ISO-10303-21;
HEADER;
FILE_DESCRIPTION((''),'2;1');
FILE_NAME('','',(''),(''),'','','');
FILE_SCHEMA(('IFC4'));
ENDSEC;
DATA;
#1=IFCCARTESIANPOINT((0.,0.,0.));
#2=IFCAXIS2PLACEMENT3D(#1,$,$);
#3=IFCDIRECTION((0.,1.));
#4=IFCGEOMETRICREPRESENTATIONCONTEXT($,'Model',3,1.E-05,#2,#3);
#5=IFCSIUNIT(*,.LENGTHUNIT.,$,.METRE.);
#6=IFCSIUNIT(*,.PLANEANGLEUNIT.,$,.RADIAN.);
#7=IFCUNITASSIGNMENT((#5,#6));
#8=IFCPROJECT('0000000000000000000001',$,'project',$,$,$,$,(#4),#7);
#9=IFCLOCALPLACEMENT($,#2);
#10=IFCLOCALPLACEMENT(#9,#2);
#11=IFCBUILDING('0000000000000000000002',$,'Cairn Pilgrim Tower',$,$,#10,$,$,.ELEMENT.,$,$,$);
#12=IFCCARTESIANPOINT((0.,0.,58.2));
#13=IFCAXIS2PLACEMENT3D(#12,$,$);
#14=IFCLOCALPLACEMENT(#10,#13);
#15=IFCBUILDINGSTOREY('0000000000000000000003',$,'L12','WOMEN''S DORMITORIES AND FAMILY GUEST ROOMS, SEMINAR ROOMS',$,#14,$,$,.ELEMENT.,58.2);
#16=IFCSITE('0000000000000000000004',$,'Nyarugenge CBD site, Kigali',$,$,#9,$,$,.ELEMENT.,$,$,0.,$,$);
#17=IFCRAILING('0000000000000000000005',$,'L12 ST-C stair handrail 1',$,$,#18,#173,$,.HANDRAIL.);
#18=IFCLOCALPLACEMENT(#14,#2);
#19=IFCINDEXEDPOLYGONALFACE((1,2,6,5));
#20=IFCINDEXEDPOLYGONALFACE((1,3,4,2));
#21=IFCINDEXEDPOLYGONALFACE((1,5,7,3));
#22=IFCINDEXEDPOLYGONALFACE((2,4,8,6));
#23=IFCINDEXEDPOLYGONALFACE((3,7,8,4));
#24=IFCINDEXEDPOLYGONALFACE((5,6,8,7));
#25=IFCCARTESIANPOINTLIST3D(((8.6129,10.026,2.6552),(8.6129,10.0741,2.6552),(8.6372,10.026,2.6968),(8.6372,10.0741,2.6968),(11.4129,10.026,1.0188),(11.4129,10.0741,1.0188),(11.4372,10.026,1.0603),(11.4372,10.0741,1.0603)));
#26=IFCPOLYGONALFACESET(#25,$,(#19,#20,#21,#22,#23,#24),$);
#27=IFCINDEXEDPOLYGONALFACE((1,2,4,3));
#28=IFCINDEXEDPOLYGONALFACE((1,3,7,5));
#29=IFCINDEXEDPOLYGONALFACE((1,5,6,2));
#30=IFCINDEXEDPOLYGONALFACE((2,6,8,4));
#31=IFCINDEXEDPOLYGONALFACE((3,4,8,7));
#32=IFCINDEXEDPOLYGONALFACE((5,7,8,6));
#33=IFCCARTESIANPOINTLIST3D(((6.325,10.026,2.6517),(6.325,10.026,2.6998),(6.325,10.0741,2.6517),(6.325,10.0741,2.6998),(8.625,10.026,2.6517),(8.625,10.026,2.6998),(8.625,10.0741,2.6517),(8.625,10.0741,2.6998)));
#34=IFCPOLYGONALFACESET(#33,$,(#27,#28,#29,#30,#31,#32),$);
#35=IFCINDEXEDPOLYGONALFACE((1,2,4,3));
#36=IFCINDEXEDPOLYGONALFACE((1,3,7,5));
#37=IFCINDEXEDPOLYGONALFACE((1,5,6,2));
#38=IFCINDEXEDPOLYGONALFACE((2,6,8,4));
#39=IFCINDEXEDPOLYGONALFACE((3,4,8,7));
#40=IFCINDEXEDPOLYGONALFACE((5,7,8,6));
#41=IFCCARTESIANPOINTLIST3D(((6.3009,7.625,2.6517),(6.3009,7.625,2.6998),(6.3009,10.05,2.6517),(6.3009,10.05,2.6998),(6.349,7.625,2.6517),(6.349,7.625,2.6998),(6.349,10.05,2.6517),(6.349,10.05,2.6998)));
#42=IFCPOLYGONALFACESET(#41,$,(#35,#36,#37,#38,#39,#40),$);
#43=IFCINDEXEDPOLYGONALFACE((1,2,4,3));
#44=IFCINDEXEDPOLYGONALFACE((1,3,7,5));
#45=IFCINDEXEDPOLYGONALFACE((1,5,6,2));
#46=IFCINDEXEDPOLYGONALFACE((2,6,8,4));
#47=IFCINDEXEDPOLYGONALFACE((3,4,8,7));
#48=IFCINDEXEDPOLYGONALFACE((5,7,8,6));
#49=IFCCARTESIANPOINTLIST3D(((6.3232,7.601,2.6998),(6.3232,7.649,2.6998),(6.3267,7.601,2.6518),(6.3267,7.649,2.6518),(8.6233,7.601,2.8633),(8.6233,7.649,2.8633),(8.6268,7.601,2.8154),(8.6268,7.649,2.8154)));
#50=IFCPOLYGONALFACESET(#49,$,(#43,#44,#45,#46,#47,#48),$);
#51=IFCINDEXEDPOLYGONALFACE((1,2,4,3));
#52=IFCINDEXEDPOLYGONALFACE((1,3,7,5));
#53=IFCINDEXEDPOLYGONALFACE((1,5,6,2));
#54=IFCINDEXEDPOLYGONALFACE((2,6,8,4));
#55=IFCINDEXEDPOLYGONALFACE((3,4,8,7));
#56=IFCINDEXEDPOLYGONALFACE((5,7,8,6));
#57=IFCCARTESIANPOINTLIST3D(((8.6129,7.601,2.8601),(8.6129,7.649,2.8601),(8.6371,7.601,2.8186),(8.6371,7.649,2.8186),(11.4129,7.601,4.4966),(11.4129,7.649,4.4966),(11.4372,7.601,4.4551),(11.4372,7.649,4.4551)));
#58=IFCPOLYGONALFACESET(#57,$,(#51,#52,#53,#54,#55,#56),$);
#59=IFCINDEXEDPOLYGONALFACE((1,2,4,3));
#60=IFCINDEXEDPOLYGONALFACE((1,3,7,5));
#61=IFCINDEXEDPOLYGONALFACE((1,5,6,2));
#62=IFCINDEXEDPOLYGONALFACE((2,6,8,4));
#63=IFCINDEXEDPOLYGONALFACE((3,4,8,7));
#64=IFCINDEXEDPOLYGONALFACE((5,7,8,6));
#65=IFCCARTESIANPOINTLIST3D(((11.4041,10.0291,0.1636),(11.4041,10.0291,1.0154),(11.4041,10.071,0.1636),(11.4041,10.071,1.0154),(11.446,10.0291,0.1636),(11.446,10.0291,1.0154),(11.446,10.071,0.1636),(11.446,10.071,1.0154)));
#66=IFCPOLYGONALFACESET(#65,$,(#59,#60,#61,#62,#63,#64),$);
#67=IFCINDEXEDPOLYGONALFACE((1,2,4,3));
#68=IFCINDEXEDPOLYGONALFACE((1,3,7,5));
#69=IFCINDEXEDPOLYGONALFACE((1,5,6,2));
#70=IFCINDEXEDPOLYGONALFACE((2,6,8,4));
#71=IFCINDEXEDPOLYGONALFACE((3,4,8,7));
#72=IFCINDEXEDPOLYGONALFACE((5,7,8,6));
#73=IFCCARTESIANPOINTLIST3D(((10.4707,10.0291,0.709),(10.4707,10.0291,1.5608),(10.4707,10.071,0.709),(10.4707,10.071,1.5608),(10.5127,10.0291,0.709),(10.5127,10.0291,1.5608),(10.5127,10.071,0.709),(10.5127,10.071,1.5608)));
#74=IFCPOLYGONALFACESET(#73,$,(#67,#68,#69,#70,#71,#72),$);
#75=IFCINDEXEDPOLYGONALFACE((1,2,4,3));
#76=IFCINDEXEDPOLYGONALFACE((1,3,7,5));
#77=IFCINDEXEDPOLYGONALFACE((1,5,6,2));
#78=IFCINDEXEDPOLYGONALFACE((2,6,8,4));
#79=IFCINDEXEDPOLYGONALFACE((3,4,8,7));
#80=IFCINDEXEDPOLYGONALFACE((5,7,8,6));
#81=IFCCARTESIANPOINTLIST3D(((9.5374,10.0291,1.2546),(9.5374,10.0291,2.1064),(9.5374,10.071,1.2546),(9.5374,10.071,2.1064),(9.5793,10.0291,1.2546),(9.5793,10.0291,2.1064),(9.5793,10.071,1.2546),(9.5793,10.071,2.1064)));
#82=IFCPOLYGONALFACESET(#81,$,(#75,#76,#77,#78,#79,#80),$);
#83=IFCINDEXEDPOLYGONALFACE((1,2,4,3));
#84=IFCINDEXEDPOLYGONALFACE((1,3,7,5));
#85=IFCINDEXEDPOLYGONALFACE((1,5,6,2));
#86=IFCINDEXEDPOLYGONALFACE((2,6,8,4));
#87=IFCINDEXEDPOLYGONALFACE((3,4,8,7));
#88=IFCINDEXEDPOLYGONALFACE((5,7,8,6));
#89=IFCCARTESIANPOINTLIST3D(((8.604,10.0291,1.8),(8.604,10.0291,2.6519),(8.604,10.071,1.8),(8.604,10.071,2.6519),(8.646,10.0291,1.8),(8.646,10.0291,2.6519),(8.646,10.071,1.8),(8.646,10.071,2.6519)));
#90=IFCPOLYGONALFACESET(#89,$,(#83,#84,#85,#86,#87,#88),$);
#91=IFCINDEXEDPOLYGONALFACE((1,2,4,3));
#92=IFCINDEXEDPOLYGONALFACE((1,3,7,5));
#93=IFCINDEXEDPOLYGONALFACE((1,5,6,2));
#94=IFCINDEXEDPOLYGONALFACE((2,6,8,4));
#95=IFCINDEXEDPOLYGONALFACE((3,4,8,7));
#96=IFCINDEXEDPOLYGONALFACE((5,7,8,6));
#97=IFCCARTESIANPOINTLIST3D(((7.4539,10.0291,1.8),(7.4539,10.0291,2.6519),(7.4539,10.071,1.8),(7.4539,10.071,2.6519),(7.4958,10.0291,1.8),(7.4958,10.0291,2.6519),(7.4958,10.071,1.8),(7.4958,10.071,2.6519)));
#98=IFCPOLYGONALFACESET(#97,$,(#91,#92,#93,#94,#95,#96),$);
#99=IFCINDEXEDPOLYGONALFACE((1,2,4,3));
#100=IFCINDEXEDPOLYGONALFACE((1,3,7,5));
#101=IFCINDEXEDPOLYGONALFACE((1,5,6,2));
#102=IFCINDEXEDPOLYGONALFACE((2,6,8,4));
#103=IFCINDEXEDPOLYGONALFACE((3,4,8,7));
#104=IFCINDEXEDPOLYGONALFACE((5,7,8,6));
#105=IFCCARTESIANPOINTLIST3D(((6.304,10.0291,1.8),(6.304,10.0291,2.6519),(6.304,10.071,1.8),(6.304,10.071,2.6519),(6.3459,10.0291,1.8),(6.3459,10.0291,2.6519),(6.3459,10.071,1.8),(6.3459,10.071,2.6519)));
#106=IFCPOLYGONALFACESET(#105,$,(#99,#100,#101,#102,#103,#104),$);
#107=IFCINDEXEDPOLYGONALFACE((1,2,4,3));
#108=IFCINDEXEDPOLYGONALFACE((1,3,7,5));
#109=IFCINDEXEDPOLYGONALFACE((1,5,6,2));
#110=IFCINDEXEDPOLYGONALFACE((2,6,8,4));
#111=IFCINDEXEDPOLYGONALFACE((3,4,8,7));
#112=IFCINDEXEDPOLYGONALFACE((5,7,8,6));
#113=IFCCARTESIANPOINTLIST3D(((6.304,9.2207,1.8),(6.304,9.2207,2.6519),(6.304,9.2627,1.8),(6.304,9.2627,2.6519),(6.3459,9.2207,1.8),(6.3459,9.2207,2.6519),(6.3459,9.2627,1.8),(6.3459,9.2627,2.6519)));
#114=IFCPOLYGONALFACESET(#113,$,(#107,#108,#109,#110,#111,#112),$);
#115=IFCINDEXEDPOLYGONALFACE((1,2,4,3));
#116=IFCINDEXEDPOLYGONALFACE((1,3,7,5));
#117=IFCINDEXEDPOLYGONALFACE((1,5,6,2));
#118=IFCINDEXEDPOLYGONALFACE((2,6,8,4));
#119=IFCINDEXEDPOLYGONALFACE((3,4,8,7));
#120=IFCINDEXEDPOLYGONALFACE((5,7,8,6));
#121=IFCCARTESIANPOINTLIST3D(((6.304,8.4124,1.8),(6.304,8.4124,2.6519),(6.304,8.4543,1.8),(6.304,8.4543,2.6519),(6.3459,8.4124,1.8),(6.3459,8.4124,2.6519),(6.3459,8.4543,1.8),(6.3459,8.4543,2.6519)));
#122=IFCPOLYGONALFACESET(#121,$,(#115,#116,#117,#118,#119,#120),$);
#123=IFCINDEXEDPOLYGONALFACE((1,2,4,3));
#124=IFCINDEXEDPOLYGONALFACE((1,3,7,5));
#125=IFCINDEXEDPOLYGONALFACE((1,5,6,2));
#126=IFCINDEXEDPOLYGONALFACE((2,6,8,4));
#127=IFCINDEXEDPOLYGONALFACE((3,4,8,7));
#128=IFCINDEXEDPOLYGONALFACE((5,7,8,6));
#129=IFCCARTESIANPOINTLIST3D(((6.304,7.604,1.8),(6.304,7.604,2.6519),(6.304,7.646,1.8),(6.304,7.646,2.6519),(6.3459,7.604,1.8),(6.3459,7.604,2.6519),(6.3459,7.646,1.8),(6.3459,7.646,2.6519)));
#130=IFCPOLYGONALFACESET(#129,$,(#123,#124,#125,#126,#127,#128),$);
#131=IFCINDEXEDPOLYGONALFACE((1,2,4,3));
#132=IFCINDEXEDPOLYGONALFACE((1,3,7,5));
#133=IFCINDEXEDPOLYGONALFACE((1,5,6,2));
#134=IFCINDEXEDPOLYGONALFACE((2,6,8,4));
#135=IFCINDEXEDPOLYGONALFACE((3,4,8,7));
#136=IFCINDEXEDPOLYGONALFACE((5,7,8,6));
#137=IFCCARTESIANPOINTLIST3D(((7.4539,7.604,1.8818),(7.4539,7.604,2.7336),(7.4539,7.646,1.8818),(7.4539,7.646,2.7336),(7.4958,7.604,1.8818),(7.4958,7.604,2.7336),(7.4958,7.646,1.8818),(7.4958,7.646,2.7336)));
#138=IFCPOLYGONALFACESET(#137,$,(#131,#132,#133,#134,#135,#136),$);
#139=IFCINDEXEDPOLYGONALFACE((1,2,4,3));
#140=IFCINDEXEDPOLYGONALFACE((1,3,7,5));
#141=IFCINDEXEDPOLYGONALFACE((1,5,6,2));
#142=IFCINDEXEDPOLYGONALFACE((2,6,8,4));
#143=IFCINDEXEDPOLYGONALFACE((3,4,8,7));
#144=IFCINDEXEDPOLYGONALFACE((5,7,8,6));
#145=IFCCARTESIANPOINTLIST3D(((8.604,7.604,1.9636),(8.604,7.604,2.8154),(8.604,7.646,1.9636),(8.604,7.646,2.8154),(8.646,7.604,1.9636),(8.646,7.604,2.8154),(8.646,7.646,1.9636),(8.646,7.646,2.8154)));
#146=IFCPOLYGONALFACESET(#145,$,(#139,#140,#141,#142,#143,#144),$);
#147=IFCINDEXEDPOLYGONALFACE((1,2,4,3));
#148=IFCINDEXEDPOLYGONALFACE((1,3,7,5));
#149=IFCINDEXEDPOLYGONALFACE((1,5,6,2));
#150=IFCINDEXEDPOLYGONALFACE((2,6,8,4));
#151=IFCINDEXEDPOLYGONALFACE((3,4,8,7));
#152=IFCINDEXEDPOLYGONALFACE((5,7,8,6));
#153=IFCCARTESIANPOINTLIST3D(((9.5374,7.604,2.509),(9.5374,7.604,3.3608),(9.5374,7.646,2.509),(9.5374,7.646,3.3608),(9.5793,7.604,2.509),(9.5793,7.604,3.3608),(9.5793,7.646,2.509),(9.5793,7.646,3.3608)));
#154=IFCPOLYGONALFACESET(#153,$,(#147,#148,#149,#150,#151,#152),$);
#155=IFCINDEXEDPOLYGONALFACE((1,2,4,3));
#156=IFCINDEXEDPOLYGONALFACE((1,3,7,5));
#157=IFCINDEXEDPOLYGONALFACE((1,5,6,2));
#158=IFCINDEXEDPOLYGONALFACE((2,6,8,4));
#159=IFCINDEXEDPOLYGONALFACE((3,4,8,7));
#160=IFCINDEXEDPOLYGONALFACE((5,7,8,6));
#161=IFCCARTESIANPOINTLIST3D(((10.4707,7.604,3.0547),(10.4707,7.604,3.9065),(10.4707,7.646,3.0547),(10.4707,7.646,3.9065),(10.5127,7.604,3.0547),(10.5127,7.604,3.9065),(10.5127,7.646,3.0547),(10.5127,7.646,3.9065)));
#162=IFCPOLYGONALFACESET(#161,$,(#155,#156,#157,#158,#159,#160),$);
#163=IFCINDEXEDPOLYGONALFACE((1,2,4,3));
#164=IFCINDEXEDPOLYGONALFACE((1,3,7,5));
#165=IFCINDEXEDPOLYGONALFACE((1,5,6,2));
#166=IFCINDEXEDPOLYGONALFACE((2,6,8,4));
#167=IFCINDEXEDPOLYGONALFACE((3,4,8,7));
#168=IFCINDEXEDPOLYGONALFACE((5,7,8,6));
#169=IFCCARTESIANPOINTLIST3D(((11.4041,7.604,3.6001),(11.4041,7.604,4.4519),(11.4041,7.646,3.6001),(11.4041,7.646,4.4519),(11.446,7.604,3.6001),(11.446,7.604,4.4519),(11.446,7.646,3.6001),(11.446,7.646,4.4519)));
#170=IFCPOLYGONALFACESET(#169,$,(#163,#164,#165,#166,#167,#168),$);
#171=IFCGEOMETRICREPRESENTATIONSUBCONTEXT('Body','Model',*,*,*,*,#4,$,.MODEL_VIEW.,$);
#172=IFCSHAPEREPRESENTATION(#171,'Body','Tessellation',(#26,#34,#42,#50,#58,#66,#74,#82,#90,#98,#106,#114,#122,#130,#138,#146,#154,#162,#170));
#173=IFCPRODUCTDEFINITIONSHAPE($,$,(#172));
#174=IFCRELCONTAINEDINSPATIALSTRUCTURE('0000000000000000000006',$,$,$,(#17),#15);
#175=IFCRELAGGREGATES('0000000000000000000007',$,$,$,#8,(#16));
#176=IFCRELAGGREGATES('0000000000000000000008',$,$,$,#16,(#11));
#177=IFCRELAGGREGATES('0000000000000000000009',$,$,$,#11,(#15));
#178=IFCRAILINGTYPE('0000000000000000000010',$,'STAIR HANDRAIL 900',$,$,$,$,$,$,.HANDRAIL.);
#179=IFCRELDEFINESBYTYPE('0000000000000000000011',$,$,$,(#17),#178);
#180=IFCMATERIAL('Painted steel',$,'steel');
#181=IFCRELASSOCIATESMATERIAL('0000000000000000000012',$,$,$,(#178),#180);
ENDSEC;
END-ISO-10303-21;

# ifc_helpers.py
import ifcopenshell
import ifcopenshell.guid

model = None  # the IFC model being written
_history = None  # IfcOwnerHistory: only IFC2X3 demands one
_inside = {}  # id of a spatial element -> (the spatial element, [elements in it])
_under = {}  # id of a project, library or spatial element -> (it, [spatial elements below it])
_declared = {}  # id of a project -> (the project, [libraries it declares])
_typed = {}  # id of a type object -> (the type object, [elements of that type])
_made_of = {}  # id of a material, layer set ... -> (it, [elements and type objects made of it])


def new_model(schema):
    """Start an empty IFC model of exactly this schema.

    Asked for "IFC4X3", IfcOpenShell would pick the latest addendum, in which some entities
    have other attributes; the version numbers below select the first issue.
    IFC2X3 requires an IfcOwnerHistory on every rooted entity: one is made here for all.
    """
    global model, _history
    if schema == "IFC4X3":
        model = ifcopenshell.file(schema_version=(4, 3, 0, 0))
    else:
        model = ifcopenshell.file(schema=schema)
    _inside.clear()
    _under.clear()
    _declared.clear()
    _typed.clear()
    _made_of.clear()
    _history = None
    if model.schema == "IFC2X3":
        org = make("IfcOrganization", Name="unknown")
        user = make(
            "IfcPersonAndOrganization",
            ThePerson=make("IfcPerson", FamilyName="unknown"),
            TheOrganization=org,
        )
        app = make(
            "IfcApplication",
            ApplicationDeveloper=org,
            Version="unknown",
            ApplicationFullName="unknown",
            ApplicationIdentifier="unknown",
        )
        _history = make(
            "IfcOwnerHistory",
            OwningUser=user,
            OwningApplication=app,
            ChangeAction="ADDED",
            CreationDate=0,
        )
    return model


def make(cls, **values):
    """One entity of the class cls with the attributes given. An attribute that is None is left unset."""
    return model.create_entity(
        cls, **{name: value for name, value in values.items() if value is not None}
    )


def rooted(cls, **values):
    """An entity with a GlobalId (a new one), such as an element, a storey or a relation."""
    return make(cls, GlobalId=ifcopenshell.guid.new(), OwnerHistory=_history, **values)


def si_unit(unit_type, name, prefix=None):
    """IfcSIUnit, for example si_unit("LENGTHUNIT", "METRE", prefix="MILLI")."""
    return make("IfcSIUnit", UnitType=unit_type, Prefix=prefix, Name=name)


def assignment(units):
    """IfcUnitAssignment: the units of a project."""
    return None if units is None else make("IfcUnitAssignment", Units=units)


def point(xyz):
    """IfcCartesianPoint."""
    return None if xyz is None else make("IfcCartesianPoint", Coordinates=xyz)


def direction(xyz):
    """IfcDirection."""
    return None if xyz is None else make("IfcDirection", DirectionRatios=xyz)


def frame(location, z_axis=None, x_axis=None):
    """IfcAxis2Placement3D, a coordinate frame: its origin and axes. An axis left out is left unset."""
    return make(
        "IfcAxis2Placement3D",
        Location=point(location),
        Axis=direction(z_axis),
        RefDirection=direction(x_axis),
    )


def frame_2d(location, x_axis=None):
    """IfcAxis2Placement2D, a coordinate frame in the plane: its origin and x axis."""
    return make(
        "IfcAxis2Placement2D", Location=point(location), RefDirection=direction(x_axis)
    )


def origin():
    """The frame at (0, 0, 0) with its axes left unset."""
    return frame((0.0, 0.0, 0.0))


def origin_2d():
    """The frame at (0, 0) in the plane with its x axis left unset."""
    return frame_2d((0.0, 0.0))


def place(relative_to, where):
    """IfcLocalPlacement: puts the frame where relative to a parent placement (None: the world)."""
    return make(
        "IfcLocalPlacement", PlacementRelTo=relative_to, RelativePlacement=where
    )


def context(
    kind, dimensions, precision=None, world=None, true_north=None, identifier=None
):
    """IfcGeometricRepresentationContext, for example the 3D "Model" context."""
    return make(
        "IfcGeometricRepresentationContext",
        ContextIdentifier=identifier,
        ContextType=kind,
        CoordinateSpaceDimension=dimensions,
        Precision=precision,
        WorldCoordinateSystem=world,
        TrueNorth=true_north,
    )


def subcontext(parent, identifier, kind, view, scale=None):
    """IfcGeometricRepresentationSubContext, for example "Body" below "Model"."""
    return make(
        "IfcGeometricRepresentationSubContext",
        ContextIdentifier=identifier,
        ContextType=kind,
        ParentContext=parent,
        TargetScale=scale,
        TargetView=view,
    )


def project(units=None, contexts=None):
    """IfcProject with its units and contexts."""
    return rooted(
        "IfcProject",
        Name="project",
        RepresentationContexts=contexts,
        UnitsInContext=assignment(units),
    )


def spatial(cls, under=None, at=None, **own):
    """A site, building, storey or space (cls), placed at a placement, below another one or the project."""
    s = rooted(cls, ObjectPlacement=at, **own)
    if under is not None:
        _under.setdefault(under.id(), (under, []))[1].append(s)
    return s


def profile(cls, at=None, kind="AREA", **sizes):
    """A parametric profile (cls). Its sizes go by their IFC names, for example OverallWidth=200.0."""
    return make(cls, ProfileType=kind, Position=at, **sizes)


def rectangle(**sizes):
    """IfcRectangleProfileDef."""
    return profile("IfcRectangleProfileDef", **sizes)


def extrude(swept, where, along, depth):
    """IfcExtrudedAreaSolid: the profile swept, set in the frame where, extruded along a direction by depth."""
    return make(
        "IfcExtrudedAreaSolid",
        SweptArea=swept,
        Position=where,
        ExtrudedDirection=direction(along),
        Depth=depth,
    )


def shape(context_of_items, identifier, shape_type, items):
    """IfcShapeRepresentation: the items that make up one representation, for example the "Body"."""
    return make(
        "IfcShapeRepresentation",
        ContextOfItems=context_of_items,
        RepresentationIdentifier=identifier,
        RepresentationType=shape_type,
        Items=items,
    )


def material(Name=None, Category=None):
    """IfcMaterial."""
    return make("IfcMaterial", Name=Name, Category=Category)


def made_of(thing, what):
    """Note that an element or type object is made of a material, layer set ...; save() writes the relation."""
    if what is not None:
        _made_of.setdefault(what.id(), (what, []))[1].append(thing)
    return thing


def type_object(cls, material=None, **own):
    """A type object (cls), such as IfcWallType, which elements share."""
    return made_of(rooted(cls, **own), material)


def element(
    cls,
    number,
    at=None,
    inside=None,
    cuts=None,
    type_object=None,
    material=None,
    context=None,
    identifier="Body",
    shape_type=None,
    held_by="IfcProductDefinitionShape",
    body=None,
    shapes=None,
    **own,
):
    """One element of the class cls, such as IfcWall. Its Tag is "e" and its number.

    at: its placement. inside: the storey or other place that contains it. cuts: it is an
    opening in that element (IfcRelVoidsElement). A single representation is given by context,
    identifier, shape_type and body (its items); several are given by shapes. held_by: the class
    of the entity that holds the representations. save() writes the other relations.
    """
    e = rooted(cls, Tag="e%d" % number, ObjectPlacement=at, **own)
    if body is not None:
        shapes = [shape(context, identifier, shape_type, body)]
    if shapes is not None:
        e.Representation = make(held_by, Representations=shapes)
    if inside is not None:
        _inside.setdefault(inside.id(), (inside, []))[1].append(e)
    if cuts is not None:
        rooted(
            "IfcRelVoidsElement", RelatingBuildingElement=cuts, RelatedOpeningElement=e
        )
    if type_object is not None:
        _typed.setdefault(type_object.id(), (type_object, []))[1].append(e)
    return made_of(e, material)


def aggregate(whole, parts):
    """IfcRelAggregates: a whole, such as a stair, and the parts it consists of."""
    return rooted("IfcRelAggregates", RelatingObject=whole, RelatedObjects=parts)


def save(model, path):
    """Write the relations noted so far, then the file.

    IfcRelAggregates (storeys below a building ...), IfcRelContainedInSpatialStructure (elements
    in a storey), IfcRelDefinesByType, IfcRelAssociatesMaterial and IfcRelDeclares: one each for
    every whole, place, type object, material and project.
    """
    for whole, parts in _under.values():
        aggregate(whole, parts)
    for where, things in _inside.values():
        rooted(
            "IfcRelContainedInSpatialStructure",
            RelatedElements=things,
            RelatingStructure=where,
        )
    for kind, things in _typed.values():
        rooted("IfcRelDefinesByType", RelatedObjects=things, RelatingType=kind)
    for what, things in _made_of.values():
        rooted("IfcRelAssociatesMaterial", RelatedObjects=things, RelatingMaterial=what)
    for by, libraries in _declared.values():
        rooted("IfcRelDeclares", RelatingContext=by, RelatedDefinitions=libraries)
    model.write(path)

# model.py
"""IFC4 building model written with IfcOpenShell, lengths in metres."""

from ifc_helpers import new_model, si_unit, direction, frame, origin, origin_2d, place, context, subcontext, project, spatial, rectangle, extrude, material, type_object, element, save


model = new_model("IFC4")

# Units and contexts
model_context = context("Model", 3, precision=1e-05, world=origin(), true_north=direction((0.0, 1.0)))
body_context = subcontext(model_context, "Body", "Model", "MODEL_VIEW")
ifc_project = project(units=[si_unit("LENGTHUNIT", "METRE"), si_unit("PLANEANGLEUNIT", "RADIAN")], contexts=[model_context])

# Site, building, storey
site_placement = place(None, origin())
site = spatial("IfcSite", under=ifc_project, at=site_placement, Name="Nyarugenge CBD site, Kigali", CompositionType="ELEMENT", RefElevation=0.0)
building_placement = place(site_placement, origin())
building = spatial("IfcBuilding", under=site, at=building_placement, Name="Cairn Pilgrim Tower", CompositionType="ELEMENT")
storey_placement = place(building_placement, frame((0.0, 0.0, 58.2)))
storey = spatial("IfcBuildingStorey", under=building, at=storey_placement, Name="L12", Description="WOMEN'S DORMITORIES AND FAMILY GUEST ROOMS, SEMINAR ROOMS", CompositionType="ELEMENT", Elevation=58.2)

# Shared definitions
ifc_material_1 = material(Name="Painted steel", Category="steel")

# Railing
railing_type_1 = type_object("IfcRailingType", Name="STAIR HANDRAIL 900", PredefinedType="HANDRAIL", material=ifc_material_1)
railing_1_placement = place(storey_placement, frame((11.425, 10.05, 0.1636)))
element("IfcRailing", 1, at=railing_1_placement, inside=storey, type_object=railing_type_1, Name="L12 ST-C stair handrail 1", PredefinedType="HANDRAIL", context=body_context, shape_type="SweptSolid", body=[
    extrude(rectangle(XDim=0.0481, YDim=0.0481, at=origin_2d()), frame((0.0, 0.0, 0.876), z_axis=(-0.863361, 0.0, 0.504587), x_axis=(0.0, -1.0, 0.0)), (0.0, 0.0, 1.0), 3.2432),
    extrude(rectangle(XDim=0.0481, YDim=0.0481, at=origin_2d()), frame((-2.8, 0.0, 2.5122), z_axis=(-1.0, 0.0, 0.0), x_axis=(0.0, -1.0, 0.0)), (0.0, 0.0, 1.0), 2.3),
    extrude(rectangle(XDim=0.0481, YDim=0.0481, at=origin_2d()), frame((-5.1001, 0.0, 2.5122), z_axis=(0.0, -1.0, 0.0), x_axis=(1.0, 0.0, 0.0)), (0.0, 0.0, 1.0), 2.425),
    extrude(rectangle(XDim=0.0481, YDim=0.0481, at=origin_2d()), frame((-5.1001, -2.425, 2.5122), z_axis=(0.997481, 0.0, 0.070939), x_axis=(0.0, 1.0, 0.0)), (0.0, 0.0, 1.0), 2.3059),
    extrude(rectangle(XDim=0.0481, YDim=0.0481, at=origin_2d()), frame((-2.8, -2.425, 2.6758), z_axis=(0.863361, 0.0, 0.504587), x_axis=(0.0, 1.0, 0.0)), (0.0, 0.0, 1.0), 3.2432),
    extrude(rectangle(XDim=0.042, YDim=0.042, at=origin_2d()), origin(), (0.0, 0.0, 1.0), 0.8518),
    extrude(rectangle(XDim=0.042, YDim=0.042, at=origin_2d()), frame((-0.9333, 0.0, 0.5454)), (0.0, 0.0, 1.0), 0.8518),
    extrude(rectangle(XDim=0.042, YDim=0.042, at=origin_2d()), frame((-1.8667, 0.0, 1.0911)), (0.0, 0.0, 1.0), 0.8518),
    extrude(rectangle(XDim=0.042, YDim=0.042, at=origin_2d()), frame((-2.8, 0.0, 1.6365)), (0.0, 0.0, 1.0), 0.8518),
    extrude(rectangle(XDim=0.042, YDim=0.042, at=origin_2d()), frame((-3.9502, 0.0, 1.6365)), (0.0, 0.0, 1.0), 0.8518),
    extrude(rectangle(XDim=0.042, YDim=0.042, at=origin_2d()), frame((-5.1001, 0.0, 1.6365)), (0.0, 0.0, 1.0), 0.8518),
    extrude(rectangle(XDim=0.042, YDim=0.042, at=origin_2d()), frame((-5.1001, -0.8083, 1.6365)), (0.0, 0.0, 1.0), 0.8518),
    extrude(rectangle(XDim=0.042, YDim=0.042, at=origin_2d()), frame((-5.1001, -1.6167, 1.6365)), (0.0, 0.0, 1.0), 0.8518),
    extrude(rectangle(XDim=0.042, YDim=0.042, at=origin_2d()), frame((-5.1001, -2.425, 1.6365)), (0.0, 0.0, 1.0), 0.8518),
    extrude(rectangle(XDim=0.042, YDim=0.042, at=origin_2d()), frame((-3.9502, -2.425, 1.7183)), (0.0, 0.0, 1.0), 0.8518),
    extrude(rectangle(XDim=0.042, YDim=0.042, at=origin_2d()), frame((-2.8, -2.425, 1.8)), (0.0, 0.0, 1.0), 0.8518),
    extrude(rectangle(XDim=0.042, YDim=0.042, at=origin_2d()), frame((-1.8667, -2.425, 2.3455)), (0.0, 0.0, 1.0), 0.8518),
    extrude(rectangle(XDim=0.042, YDim=0.042, at=origin_2d()), frame((-0.9333, -2.425, 2.8911)), (0.0, 0.0, 1.0), 0.8518),
    extrude(rectangle(XDim=0.042, YDim=0.042, at=origin_2d()), frame((0.0, -2.425, 3.4365)), (0.0, 0.0, 1.0), 0.8518),
])

save(model, "model.ifc")
